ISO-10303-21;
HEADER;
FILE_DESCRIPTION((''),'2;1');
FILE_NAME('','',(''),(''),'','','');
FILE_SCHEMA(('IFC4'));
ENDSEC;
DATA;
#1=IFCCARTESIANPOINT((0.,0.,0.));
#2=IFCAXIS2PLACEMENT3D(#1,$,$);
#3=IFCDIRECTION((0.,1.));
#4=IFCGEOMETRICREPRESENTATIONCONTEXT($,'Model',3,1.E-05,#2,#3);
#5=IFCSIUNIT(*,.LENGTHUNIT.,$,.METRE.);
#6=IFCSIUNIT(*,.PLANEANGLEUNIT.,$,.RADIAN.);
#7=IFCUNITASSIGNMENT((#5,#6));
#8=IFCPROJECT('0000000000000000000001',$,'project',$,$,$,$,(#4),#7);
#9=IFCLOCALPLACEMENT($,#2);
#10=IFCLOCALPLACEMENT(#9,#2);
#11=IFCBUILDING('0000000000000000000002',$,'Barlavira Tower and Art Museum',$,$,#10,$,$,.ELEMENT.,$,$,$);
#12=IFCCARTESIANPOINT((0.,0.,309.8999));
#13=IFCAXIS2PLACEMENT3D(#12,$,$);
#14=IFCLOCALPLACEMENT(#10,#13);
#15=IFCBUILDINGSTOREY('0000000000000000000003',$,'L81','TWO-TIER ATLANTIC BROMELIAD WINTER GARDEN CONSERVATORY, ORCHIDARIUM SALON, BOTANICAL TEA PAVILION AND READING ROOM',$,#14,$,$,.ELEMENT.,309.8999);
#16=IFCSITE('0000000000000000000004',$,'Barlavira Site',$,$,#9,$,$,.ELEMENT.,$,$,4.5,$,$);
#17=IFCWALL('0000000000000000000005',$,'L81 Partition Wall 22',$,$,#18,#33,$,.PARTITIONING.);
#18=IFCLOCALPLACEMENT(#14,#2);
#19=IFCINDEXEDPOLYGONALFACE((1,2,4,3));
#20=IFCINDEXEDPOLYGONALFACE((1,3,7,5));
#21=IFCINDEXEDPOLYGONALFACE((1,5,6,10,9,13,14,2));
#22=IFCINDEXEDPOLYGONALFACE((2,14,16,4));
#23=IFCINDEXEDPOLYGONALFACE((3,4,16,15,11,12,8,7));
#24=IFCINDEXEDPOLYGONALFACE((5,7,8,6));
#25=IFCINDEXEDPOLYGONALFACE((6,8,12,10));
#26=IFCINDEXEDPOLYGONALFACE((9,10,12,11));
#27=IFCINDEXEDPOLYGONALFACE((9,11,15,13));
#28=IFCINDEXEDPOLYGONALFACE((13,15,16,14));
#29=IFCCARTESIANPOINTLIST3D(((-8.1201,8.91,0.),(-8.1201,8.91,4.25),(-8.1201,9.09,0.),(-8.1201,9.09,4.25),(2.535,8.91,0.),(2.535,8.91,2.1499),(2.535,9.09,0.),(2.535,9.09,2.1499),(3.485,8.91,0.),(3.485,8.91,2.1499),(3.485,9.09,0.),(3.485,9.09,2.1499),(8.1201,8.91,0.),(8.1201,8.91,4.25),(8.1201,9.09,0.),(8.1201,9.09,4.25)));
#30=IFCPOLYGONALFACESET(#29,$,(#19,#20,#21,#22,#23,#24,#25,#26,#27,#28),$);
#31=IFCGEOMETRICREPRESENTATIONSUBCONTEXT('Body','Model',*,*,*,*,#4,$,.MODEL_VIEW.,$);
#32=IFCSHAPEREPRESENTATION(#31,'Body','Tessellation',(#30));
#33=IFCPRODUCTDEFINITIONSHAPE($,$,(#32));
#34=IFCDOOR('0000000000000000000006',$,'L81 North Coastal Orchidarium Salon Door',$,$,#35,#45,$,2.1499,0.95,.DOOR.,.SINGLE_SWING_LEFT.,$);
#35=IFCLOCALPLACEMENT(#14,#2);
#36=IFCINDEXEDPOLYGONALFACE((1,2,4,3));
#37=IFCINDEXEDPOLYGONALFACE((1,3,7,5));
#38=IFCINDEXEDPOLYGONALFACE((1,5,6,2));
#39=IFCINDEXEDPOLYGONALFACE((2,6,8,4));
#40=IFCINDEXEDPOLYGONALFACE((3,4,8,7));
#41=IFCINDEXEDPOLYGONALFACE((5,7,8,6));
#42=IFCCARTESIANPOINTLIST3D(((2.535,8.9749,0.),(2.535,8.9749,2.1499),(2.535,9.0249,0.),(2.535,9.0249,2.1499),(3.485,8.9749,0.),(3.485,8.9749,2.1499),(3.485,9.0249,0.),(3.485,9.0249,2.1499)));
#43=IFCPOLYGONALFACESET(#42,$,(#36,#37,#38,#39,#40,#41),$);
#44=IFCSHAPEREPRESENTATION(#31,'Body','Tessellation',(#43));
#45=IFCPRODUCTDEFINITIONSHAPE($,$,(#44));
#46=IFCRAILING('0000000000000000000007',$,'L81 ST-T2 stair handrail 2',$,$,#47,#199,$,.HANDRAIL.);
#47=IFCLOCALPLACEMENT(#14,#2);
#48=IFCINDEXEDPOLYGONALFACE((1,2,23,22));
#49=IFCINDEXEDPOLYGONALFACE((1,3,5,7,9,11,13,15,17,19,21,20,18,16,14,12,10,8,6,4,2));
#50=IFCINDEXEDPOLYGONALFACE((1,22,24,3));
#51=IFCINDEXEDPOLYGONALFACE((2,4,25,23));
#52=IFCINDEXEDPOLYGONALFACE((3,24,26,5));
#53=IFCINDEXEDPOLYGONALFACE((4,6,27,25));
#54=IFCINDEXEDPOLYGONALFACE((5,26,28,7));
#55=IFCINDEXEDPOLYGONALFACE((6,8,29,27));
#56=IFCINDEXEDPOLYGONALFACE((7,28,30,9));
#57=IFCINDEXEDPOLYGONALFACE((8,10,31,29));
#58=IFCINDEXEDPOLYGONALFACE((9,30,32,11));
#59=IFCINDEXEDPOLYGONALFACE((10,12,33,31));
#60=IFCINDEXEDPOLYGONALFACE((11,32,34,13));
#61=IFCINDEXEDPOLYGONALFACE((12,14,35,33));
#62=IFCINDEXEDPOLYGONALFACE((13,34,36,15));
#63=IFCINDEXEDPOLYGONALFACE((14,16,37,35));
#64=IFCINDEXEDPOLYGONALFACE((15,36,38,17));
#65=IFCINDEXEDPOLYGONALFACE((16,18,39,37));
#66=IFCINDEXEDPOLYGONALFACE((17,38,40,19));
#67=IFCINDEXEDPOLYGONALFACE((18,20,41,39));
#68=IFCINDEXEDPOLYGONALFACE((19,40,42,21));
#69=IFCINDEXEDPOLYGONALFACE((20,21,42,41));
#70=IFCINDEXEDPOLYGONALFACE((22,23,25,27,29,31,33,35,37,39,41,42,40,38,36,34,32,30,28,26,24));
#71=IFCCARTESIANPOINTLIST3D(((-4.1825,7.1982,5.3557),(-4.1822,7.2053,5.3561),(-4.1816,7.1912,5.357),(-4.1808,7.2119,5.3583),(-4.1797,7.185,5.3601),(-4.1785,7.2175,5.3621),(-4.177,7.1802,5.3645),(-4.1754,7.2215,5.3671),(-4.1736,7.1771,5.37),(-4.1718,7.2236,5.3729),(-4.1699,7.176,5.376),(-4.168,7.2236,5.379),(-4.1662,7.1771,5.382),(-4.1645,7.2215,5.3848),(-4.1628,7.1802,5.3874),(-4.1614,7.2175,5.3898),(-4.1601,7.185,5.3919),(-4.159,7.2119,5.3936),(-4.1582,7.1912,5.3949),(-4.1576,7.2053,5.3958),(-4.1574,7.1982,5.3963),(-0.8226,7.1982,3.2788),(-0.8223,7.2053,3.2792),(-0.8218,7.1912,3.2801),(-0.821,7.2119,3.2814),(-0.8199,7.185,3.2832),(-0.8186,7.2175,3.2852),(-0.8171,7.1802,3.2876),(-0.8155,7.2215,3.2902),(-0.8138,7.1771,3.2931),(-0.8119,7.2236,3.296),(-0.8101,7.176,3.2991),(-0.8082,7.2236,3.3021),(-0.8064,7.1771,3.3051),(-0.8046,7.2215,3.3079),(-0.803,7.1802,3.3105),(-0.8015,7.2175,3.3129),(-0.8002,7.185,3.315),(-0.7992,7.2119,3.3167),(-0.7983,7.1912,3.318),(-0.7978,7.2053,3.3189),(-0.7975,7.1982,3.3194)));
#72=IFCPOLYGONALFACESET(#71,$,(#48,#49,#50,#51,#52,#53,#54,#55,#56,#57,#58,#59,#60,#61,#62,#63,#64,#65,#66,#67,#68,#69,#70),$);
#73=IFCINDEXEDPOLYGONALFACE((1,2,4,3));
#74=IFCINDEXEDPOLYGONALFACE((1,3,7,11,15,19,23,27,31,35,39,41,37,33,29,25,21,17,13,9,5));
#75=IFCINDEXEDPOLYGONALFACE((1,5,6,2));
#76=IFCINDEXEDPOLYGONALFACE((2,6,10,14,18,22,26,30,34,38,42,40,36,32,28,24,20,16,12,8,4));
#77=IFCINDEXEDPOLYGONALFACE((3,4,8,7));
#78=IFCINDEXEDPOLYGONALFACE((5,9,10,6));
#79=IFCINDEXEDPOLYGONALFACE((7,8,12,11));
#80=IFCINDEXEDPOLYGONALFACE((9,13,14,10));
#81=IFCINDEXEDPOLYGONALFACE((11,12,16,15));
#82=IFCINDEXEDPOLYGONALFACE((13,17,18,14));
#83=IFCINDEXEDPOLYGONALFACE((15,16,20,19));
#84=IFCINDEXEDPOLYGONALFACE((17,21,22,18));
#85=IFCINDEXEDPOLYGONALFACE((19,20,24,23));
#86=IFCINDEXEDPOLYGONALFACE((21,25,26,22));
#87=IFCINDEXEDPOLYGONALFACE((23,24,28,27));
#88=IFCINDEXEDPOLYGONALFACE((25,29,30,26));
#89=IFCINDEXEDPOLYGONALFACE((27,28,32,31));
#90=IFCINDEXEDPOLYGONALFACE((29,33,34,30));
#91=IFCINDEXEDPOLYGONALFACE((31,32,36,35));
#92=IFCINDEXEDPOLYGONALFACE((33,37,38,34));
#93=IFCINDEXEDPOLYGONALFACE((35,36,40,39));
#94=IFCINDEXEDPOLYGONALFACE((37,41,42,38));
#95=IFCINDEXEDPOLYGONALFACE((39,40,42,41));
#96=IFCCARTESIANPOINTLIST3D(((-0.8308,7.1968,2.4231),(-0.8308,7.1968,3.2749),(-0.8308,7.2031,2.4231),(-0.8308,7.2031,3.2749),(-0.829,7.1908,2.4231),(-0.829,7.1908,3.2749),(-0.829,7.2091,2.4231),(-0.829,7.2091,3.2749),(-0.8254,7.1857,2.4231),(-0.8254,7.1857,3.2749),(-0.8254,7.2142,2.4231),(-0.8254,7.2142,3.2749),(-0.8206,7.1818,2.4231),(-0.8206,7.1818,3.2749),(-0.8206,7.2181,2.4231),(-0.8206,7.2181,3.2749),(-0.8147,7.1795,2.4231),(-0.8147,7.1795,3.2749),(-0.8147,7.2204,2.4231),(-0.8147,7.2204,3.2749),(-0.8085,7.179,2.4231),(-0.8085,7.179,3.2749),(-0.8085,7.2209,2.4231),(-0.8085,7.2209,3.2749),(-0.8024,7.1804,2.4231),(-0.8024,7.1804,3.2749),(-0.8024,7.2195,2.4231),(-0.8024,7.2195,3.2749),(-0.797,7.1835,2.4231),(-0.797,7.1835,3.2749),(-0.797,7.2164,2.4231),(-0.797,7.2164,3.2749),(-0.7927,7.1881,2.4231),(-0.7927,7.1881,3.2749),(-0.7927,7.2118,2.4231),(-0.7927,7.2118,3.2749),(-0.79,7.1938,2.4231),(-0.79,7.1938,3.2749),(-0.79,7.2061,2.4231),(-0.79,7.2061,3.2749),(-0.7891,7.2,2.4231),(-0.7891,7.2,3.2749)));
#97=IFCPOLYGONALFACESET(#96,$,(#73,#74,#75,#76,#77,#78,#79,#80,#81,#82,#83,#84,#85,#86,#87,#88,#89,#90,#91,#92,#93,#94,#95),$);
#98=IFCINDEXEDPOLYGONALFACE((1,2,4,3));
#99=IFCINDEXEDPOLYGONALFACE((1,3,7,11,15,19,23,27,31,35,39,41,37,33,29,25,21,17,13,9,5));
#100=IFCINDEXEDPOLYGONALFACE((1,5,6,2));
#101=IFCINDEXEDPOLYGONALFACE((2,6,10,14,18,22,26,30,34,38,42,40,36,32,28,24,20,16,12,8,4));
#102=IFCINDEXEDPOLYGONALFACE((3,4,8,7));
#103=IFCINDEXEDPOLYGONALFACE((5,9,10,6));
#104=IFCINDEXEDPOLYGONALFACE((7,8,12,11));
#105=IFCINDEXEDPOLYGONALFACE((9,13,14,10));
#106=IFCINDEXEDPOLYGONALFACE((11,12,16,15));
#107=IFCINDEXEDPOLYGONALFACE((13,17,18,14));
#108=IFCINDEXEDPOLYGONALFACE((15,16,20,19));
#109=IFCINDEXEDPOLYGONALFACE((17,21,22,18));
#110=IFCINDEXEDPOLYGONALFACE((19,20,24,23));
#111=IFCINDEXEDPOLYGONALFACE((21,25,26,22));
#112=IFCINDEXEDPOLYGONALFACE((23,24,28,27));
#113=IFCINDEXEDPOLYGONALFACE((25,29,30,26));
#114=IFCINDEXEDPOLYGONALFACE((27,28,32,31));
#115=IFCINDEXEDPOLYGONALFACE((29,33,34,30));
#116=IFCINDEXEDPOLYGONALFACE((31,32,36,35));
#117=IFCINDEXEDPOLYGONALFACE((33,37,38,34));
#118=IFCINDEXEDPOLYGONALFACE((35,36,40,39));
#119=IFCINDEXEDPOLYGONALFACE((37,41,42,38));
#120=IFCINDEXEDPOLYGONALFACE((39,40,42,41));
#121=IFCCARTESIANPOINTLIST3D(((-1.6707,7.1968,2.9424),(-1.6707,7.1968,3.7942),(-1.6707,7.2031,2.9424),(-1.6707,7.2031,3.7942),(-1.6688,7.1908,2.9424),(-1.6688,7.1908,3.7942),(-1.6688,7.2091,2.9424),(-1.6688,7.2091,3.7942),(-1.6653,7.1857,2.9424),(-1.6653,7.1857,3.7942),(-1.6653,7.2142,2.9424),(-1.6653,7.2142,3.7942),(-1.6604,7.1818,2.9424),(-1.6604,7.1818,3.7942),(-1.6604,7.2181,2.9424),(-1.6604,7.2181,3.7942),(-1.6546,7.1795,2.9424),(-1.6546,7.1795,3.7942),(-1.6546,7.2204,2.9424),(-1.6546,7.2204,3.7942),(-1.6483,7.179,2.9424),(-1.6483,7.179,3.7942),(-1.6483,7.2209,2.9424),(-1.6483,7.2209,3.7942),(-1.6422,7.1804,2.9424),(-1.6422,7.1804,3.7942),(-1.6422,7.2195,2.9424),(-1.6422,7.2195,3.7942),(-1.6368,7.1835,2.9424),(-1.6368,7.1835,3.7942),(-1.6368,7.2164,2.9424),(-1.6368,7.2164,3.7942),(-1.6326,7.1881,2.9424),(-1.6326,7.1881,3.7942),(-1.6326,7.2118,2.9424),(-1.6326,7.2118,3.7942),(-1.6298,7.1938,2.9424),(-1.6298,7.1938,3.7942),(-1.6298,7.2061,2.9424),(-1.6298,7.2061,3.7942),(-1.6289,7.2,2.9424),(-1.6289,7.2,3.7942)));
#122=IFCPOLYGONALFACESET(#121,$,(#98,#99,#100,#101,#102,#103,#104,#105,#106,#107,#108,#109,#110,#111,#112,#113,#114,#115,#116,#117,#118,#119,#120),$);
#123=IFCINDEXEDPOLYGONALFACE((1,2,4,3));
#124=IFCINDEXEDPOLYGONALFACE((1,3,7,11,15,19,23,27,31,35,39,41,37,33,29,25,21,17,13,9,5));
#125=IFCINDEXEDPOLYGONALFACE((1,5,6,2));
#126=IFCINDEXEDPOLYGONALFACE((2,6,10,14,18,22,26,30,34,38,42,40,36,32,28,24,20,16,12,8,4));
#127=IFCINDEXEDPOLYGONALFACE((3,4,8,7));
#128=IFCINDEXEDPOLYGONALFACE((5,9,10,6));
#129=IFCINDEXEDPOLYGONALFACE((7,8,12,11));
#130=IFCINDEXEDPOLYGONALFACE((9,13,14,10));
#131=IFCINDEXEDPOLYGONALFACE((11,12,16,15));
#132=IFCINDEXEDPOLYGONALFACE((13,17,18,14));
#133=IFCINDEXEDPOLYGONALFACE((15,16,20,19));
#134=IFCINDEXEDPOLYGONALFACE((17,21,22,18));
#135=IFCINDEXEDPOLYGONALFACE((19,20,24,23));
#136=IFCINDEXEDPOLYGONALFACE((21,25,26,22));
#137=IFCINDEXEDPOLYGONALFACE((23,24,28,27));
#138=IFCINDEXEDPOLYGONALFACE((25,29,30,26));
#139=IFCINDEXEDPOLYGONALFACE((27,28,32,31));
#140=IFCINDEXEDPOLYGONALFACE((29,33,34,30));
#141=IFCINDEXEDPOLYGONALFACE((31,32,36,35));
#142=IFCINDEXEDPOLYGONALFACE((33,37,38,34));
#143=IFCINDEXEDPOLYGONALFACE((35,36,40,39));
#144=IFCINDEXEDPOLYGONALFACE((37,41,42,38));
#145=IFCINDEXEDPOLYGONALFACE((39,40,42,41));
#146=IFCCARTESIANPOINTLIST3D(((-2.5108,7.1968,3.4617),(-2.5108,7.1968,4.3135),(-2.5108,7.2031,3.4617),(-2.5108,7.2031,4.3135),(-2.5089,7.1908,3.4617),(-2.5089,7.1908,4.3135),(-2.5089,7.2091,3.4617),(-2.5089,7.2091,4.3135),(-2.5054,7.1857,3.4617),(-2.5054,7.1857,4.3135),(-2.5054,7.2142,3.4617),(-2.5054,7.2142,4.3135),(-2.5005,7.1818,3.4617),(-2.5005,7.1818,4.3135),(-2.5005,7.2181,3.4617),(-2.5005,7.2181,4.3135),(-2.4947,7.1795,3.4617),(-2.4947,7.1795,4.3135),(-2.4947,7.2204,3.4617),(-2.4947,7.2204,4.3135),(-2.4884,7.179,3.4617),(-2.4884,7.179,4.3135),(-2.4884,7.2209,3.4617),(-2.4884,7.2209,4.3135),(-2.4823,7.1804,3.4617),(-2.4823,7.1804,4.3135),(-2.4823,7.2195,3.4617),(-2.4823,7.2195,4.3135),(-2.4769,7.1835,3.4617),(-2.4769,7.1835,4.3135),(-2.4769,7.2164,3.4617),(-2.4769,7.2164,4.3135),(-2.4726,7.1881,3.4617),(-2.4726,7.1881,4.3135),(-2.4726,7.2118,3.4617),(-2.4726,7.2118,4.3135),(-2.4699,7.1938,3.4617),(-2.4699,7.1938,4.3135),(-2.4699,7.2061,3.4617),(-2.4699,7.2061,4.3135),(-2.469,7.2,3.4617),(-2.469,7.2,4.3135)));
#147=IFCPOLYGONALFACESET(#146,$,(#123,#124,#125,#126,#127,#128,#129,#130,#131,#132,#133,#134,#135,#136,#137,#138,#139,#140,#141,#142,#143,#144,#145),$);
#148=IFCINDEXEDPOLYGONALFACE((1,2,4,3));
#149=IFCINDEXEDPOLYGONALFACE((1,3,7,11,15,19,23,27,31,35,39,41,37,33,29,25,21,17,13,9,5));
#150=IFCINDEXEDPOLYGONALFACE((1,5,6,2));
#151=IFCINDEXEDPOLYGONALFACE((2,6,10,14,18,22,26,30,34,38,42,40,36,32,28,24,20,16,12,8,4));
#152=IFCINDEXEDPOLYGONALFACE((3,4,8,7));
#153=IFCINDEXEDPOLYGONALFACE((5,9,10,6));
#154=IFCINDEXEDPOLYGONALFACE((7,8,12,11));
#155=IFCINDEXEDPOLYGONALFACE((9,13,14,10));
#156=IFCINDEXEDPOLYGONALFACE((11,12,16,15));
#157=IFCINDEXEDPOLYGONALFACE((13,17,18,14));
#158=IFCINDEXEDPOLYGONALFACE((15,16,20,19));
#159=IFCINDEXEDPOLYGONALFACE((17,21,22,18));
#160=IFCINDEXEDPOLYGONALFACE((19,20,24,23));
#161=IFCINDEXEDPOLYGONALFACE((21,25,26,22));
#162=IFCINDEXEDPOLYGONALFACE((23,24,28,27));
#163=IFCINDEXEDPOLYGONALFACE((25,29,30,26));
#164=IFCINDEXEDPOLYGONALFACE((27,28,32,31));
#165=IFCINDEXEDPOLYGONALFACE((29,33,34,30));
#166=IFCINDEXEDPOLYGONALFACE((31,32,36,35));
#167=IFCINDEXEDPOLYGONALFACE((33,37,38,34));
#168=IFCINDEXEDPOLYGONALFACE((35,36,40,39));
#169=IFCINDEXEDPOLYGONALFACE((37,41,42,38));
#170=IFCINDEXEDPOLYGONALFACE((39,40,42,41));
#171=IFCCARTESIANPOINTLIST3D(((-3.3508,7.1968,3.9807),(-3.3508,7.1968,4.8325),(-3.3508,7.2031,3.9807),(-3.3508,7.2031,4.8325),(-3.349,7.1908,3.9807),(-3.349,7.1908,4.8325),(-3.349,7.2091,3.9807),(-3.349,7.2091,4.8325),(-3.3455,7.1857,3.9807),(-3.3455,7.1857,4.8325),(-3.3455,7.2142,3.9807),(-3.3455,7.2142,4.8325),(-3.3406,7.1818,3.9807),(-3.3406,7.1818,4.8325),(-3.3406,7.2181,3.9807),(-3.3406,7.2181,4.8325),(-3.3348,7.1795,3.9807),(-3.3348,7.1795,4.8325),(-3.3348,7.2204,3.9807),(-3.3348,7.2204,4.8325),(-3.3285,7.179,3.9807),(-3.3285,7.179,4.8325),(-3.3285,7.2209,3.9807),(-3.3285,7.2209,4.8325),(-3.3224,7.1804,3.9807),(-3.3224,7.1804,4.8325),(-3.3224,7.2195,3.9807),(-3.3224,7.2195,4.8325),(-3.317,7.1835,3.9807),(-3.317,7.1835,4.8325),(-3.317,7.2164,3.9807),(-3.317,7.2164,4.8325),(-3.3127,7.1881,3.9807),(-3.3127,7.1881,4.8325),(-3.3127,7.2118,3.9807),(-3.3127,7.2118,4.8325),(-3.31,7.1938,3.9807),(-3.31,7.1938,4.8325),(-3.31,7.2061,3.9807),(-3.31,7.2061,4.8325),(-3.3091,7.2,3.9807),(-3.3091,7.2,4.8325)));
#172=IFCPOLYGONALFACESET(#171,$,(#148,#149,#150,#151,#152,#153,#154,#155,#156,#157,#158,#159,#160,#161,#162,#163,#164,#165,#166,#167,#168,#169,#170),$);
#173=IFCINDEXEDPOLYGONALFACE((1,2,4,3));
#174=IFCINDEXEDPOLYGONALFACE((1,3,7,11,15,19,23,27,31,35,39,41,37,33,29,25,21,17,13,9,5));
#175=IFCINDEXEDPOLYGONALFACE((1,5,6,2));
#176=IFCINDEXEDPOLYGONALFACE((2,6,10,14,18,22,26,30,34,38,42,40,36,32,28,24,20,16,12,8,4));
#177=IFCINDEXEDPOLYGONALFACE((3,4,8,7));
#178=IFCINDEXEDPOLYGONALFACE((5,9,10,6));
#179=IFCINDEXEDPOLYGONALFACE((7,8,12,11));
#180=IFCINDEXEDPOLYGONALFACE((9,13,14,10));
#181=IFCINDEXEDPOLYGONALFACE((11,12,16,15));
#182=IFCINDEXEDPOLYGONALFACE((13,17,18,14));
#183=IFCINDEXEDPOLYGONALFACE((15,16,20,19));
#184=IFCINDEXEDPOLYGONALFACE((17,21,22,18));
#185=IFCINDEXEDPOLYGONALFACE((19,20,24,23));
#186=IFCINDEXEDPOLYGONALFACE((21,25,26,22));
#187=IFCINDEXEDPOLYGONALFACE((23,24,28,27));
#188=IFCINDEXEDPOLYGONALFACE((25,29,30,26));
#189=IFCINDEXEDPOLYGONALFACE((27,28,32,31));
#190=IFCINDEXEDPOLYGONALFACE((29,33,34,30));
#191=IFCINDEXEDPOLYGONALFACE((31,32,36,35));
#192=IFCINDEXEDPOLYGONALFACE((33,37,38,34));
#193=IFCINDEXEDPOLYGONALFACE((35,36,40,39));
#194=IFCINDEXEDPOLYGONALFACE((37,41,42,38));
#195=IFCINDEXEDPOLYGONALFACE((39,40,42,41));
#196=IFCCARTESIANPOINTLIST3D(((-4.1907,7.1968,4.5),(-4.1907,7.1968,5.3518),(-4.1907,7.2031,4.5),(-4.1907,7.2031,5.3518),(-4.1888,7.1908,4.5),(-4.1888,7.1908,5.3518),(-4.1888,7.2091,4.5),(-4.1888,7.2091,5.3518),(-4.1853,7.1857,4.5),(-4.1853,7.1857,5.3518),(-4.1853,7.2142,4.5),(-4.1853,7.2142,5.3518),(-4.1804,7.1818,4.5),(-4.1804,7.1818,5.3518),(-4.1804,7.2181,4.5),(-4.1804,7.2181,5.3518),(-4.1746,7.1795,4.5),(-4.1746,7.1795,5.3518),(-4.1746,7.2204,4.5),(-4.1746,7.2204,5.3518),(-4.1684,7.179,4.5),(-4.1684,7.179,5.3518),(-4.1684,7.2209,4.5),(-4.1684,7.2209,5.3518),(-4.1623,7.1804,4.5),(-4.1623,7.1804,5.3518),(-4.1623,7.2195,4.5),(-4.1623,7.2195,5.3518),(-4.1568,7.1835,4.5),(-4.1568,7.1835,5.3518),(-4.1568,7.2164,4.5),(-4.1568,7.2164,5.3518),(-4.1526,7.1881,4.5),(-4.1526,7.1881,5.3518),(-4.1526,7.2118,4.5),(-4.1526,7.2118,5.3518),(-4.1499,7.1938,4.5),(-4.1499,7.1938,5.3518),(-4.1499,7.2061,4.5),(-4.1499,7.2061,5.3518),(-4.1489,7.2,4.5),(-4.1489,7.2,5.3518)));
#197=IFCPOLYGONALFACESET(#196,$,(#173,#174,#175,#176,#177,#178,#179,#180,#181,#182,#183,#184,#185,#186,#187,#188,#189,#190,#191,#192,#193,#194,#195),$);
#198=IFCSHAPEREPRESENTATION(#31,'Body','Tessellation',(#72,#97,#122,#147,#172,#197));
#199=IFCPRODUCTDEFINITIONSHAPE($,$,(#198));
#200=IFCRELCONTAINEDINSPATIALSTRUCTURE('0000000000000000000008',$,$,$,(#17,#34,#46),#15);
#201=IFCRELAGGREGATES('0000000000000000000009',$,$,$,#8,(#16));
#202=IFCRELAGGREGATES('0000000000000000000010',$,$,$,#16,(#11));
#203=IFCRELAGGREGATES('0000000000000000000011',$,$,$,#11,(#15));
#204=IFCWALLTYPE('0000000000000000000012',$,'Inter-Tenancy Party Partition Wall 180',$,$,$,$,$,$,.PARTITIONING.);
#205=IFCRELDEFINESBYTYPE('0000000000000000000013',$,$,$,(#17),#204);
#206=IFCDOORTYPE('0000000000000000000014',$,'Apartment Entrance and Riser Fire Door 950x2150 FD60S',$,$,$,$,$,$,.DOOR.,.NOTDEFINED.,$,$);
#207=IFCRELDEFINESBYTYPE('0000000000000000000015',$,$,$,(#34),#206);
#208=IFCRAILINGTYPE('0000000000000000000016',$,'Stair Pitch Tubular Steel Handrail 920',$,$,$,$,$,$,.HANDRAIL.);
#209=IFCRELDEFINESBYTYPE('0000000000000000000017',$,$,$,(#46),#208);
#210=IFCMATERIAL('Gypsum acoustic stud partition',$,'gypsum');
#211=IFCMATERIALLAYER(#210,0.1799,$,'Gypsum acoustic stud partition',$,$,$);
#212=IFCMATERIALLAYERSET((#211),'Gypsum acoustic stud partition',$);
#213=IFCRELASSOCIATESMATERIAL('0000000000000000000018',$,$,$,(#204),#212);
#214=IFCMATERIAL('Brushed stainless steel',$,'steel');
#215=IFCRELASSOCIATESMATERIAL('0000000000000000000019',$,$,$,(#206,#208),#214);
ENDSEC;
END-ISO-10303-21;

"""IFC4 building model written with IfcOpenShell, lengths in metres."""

from ifc_helpers import new_model, si_unit, direction, frame, frame_2d, origin, origin_2d, place, context, subcontext, project, spatial, rectangle, circle, extrude, material, layer, layer_set, type_object, element, fill, save


model = new_model("IFC4")

# Units and contexts
model_context = context("Model", 3, precision=1e-05, world=origin(), true_north=direction((0.0, 1.0)))
body_context = subcontext(model_context, "Body", "Model", "MODEL_VIEW")
ifc_project = project(units=[si_unit("LENGTHUNIT", "METRE"), si_unit("PLANEANGLEUNIT", "RADIAN")], contexts=[model_context])

# Site, building, storey
site_placement = place(None, origin())
site = spatial("IfcSite", under=ifc_project, at=site_placement, Name="Barlavira Site", CompositionType="ELEMENT", RefElevation=4.5)
building_placement = place(site_placement, origin())
building = spatial("IfcBuilding", under=site, at=building_placement, Name="Barlavira Tower and Art Museum", CompositionType="ELEMENT")
storey_placement = place(building_placement, frame((0.0, 0.0, 309.8999)))
storey = spatial("IfcBuildingStorey", under=building, at=storey_placement, Name="L81", Description="TWO-TIER ATLANTIC BROMELIAD WINTER GARDEN CONSERVATORY, ORCHIDARIUM SALON, BOTANICAL TEA PAVILION AND READING ROOM", CompositionType="ELEMENT", Elevation=309.8999)

# Shared definitions
ifc_material_1 = material(Name="Brushed stainless steel", Category="steel")

# Shared definitions
ifc_material_2 = material(Name="Gypsum acoustic stud partition", Category="gypsum")
ifc_layer_1 = layer(ifc_material_2, 0.1799, Name="Gypsum acoustic stud partition")
ifc_layer_set_1 = layer_set([ifc_layer_1], Name="Gypsum acoustic stud partition")
wall_type_1 = type_object("IfcWallType", Name="Inter-Tenancy Party Partition Wall 180", PredefinedType="PARTITIONING", material=ifc_layer_set_1)

# Wall, opening, door
wall_1_placement = place(storey_placement, frame((-8.1201, 9.0, 0.0), z_axis=(0.0, 0.0, 1.0), x_axis=(1.0, 0.0, 0.0)))
wall_1 = element("IfcWall", 1, at=wall_1_placement, inside=storey, type_object=wall_type_1, Name="L81 Partition Wall 22", PredefinedType="PARTITIONING", context=body_context, shape_type="SweptSolid", body=[
    extrude(rectangle(XDim=16.2402, YDim=0.1799, at=frame_2d((8.1201, 0.0))), origin(), (0.0, 0.0, 1.0), 4.25),
])
opening_1_placement = place(wall_1_placement, frame((10.655, 0.0, 0.0)))
opening_1 = element("IfcOpeningElement", 2, at=opening_1_placement, cuts=wall_1, PredefinedType="OPENING", context=body_context, shape_type="SweptSolid", body=[
    extrude(rectangle(XDim=0.95, YDim=2.1499, at=frame_2d((0.4751, 1.075))), frame((0.0, 0.1001, 0.0), z_axis=(0.0, -1.0, 0.0), x_axis=(1.0, 0.0, 0.0)), (0.0, 0.0, 1.0), 0.2),
])
door_type_1 = type_object("IfcDoorType", Name="Apartment Entrance and Riser Fire Door 950x2150 FD60S", OperationType="NOTDEFINED", PredefinedType="DOOR", material=ifc_material_1)
door_1_placement = place(opening_1_placement, origin())
door_1 = element("IfcDoor", 3, at=door_1_placement, inside=storey, type_object=door_type_1, Name="L81 North Coastal Orchidarium Salon Door", OperationType="SINGLE_SWING_LEFT", OverallHeight=2.1499, OverallWidth=0.95, PredefinedType="DOOR", context=body_context, shape_type="SweptSolid", body=[
    extrude(rectangle(XDim=0.95, YDim=2.1499, at=frame_2d((0.4751, 1.075))), frame((0.0, 0.0249, 0.0), z_axis=(0.0, -1.0, 0.0), x_axis=(1.0, 0.0, 0.0)), (0.0, 0.0, 1.0), 0.05),
])
fill(opening_1, door_1)

# Railing
railing_type = type_object("IfcRailingType", Name="Stair Pitch Tubular Steel Handrail 920", PredefinedType="HANDRAIL", material=ifc_material_1)
railing_placement = place(storey_placement, frame((-0.8101, 7.2, 2.4231)))
element("IfcRailing", 4, at=railing_placement, inside=storey, type_object=railing_type, Name="L81 ST-T2 stair handrail 2", PredefinedType="HANDRAIL", context=body_context, shape_type="SweptSolid", body=[
    extrude(circle(Radius=0.0239, at=origin_2d()), frame((0.0, 0.0, 0.876), z_axis=(-0.850606, 0.0, 0.525803), x_axis=(0.0, -1.0, 0.0)), (0.0, 0.0, 1.0), 3.95),
    extrude(circle(Radius=0.021, at=origin_2d()), origin(), (0.0, 0.0, 1.0), 0.8518),
    extrude(circle(Radius=0.021, at=origin_2d()), frame((-0.8398, 0.0, 0.5193)), (0.0, 0.0, 1.0), 0.8518),
    extrude(circle(Radius=0.021, at=origin_2d()), frame((-1.6799, 0.0, 1.0386)), (0.0, 0.0, 1.0), 0.8518),
    extrude(circle(Radius=0.021, at=origin_2d()), frame((-2.52, 0.0, 1.5576)), (0.0, 0.0, 1.0), 0.8518),
    extrude(circle(Radius=0.021, at=origin_2d()), frame((-3.3599, 0.0, 2.0769)), (0.0, 0.0, 1.0), 0.8518),
])

save(model, "model.ifc")
